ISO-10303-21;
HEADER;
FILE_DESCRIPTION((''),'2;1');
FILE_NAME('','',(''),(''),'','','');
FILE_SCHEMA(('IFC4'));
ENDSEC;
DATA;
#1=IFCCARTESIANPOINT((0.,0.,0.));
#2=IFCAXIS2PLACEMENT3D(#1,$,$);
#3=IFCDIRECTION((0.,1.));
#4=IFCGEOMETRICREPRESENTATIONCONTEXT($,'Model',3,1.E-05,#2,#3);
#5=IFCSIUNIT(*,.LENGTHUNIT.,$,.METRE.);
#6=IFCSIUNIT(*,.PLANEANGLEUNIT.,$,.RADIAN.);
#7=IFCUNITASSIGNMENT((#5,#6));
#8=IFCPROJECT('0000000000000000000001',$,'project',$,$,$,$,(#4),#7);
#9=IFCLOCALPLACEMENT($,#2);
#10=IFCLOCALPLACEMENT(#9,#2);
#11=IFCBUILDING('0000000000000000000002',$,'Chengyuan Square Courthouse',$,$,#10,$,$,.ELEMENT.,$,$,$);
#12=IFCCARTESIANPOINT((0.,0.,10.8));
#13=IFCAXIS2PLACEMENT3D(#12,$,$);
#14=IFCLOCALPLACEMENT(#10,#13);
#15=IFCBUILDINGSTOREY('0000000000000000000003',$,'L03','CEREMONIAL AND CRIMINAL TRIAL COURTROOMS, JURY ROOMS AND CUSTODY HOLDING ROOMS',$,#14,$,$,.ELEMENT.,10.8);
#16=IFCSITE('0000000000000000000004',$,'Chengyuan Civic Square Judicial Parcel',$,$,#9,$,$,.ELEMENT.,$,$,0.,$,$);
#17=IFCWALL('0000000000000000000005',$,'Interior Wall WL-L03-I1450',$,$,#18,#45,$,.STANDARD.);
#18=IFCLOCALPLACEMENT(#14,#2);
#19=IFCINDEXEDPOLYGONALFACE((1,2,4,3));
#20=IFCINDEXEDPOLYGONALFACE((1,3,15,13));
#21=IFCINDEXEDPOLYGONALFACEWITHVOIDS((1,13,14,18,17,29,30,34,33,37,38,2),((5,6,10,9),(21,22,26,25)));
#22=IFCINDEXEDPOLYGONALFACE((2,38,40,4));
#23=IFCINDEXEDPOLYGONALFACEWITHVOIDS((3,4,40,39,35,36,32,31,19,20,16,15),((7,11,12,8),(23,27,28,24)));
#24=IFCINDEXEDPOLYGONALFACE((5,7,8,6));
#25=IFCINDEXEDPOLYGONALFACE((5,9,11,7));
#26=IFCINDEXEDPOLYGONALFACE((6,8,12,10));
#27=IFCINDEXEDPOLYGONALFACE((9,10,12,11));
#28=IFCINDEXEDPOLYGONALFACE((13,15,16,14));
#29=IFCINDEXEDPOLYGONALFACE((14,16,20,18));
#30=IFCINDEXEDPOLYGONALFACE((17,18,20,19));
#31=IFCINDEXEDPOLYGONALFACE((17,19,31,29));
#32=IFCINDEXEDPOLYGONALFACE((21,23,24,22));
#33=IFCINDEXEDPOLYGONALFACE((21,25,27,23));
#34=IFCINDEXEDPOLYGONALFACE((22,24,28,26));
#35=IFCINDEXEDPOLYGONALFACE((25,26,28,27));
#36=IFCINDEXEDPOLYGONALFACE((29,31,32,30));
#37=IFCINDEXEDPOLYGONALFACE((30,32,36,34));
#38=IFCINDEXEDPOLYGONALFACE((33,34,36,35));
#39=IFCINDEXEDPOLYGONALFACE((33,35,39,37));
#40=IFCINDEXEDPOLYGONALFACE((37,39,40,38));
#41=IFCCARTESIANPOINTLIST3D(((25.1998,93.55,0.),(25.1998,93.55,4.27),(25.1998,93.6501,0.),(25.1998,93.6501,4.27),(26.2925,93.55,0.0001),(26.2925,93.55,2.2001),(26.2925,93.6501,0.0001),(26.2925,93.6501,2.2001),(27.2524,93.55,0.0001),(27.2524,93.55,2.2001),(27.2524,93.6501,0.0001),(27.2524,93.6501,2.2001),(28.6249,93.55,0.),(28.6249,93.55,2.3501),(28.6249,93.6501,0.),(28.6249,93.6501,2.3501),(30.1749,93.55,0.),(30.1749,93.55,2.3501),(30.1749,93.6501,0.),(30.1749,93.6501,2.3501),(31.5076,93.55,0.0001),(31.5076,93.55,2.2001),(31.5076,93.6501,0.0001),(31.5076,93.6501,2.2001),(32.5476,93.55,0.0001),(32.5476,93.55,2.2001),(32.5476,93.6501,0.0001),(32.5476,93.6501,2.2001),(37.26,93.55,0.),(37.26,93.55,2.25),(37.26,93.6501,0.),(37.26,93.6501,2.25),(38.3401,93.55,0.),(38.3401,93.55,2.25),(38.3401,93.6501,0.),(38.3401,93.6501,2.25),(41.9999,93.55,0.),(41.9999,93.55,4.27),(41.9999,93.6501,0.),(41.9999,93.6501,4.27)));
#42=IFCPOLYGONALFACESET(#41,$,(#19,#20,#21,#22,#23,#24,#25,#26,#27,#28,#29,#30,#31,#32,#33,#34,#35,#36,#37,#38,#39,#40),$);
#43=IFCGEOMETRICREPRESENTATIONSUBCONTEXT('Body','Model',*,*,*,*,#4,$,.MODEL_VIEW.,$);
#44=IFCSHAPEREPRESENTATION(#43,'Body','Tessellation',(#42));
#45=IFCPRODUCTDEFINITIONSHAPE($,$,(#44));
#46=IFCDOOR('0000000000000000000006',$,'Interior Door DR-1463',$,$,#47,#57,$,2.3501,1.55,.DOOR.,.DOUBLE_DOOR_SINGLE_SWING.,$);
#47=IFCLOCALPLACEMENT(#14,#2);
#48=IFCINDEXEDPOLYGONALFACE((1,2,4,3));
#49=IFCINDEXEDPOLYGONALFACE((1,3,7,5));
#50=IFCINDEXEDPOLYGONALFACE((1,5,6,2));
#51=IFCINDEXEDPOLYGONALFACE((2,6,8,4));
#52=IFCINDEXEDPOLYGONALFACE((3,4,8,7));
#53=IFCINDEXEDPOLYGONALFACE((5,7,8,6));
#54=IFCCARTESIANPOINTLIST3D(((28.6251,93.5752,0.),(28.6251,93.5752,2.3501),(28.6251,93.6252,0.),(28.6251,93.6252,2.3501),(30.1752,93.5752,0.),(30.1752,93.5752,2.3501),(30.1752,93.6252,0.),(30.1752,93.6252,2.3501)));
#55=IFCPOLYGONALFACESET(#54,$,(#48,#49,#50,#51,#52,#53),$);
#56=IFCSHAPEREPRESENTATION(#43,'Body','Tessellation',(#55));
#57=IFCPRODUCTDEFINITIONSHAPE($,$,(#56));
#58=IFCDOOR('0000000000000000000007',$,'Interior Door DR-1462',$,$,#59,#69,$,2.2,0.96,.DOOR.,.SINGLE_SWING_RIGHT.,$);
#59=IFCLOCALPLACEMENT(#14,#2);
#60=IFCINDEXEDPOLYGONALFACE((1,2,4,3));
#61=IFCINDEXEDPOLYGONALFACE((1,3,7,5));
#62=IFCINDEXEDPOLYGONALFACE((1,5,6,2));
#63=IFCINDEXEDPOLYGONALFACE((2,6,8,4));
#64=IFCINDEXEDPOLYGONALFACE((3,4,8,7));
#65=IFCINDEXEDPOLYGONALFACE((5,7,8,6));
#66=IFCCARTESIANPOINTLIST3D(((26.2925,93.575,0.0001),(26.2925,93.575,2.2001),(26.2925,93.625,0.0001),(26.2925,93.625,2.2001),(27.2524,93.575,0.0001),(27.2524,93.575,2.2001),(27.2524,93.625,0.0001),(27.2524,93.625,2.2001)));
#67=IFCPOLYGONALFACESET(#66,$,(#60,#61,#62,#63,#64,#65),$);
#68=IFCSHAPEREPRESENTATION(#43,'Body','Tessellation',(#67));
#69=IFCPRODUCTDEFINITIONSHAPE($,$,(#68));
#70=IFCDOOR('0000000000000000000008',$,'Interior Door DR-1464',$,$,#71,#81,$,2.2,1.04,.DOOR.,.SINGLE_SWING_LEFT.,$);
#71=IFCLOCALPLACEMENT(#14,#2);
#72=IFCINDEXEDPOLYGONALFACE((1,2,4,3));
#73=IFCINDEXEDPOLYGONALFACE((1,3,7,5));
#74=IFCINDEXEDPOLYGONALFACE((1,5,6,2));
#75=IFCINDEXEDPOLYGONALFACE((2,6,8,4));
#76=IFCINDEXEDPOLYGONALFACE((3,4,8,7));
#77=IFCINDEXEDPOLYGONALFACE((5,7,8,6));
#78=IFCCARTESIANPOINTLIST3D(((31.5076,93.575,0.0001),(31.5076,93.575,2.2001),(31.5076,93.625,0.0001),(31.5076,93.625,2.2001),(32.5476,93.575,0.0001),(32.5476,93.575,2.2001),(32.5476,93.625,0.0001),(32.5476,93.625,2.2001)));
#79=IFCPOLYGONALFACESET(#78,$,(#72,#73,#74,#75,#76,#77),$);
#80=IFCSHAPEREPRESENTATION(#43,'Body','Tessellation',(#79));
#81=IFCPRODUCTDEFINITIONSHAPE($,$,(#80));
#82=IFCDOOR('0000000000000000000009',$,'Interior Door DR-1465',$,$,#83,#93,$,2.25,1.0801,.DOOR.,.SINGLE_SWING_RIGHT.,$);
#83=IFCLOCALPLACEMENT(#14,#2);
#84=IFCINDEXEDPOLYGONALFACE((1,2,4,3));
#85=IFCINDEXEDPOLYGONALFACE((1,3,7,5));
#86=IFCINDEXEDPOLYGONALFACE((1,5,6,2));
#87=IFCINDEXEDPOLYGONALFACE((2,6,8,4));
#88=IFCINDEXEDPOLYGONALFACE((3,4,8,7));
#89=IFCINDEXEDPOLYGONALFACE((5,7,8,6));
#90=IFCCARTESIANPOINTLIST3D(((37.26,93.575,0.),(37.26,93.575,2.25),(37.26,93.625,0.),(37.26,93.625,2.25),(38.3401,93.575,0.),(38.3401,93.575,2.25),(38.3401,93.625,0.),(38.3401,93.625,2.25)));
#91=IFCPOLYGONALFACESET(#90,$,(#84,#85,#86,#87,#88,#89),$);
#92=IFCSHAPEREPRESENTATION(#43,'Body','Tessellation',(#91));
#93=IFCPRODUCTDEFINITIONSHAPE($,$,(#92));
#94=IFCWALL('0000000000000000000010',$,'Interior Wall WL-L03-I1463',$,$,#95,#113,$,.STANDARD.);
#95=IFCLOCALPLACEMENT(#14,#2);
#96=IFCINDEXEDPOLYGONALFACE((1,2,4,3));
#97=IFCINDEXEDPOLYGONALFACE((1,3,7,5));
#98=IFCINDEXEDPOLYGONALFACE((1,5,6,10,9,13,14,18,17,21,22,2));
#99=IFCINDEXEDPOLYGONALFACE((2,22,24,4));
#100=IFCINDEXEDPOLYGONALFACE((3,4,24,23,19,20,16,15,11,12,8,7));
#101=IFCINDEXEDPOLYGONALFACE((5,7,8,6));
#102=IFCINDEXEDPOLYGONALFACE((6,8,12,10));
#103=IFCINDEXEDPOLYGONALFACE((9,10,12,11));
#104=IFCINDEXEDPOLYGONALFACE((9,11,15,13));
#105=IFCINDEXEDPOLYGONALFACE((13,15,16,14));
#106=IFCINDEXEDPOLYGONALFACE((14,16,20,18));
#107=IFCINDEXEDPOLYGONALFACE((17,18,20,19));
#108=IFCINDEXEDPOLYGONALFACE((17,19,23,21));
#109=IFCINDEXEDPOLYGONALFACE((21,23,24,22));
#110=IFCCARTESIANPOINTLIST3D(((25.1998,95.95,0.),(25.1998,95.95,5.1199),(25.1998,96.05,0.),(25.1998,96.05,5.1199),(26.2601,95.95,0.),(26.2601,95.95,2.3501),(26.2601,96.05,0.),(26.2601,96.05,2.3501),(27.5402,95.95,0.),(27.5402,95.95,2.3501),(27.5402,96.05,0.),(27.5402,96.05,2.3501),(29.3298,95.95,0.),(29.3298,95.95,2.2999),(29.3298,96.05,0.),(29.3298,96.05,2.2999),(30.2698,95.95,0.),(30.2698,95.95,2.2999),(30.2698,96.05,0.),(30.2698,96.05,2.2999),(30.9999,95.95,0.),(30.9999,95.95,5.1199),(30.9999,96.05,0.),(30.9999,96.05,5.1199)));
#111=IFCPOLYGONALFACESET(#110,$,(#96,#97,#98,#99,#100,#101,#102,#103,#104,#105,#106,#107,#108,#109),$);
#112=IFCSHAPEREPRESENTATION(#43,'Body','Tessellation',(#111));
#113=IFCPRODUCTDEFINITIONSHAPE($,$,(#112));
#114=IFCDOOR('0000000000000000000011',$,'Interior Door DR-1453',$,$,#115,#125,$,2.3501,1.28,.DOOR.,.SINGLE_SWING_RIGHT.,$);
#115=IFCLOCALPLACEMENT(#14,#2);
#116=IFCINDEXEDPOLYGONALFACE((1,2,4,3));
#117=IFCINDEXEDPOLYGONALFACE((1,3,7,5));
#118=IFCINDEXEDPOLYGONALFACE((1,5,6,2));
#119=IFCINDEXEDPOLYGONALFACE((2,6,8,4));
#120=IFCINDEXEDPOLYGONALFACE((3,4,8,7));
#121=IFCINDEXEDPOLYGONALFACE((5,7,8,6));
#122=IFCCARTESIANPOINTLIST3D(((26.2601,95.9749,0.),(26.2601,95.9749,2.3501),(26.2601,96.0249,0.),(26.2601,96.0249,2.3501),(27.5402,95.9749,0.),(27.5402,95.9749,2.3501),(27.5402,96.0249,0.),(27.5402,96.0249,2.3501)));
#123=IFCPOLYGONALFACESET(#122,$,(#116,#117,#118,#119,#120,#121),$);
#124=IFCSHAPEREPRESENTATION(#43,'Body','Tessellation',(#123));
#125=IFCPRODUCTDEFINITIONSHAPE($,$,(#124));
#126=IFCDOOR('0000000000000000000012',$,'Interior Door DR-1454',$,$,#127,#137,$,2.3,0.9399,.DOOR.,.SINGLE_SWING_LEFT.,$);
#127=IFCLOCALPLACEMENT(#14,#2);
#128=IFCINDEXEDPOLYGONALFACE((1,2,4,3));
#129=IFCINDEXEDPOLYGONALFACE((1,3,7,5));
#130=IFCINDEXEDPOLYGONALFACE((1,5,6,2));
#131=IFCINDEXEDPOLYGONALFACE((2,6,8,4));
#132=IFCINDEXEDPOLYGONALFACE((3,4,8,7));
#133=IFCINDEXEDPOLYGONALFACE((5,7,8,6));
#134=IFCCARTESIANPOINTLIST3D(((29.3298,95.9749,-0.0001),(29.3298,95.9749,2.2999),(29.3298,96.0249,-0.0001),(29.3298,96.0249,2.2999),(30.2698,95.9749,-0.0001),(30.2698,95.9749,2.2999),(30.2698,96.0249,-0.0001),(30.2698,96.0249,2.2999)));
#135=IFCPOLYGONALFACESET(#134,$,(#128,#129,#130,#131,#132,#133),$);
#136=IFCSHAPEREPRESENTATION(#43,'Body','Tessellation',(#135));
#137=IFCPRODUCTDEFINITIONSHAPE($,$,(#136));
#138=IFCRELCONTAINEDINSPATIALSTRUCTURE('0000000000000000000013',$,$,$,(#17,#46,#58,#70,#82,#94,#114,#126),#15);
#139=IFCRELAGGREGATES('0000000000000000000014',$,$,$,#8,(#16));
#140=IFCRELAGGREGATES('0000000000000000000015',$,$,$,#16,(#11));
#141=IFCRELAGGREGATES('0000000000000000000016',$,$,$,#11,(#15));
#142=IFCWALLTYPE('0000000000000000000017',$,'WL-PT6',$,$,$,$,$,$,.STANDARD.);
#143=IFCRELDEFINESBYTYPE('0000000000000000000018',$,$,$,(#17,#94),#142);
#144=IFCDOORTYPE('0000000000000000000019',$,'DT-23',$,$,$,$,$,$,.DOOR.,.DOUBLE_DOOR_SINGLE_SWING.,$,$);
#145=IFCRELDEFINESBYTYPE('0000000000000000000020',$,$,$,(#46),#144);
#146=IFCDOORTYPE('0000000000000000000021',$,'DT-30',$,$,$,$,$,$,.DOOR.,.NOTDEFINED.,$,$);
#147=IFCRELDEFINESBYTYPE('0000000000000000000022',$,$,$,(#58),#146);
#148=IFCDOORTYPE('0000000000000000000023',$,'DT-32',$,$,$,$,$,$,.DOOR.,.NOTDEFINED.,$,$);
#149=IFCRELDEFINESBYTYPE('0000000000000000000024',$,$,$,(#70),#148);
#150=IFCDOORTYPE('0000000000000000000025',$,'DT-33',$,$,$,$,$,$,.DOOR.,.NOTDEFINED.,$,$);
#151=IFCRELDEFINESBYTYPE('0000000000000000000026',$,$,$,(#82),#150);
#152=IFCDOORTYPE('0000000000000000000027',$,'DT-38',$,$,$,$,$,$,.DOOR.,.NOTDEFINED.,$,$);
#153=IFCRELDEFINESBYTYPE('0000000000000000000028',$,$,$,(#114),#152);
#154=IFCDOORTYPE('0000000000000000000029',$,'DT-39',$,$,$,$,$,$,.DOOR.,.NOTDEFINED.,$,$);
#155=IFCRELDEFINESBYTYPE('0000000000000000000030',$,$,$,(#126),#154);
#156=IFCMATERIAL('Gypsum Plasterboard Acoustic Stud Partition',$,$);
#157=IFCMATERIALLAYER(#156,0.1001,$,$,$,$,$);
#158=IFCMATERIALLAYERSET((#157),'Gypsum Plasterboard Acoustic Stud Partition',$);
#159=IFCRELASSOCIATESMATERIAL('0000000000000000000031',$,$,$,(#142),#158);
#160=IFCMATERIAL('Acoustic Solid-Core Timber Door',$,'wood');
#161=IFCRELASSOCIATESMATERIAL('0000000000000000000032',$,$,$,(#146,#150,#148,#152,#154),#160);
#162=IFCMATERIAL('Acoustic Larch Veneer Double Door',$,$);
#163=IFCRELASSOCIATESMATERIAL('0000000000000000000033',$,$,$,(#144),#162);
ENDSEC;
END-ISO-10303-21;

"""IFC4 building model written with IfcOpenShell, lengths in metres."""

from ifc_helpers import new_model, si_unit, direction, frame, frame_2d, origin, place, context, subcontext, project, spatial, rectangle, extrude, material, layer, layer_set, type_object, element, fill, save


model = new_model("IFC4")

# Units and contexts
model_context = context("Model", 3, precision=1e-05, world=origin(), true_north=direction((0.0, 1.0)))
body_context = subcontext(model_context, "Body", "Model", "MODEL_VIEW")
ifc_project = project(units=[si_unit("LENGTHUNIT", "METRE"), si_unit("PLANEANGLEUNIT", "RADIAN")], contexts=[model_context])

# Site, building, storey
site_placement = place(None, origin())
site = spatial("IfcSite", under=ifc_project, at=site_placement, Name="Chengyuan Civic Square Judicial Parcel", CompositionType="ELEMENT", RefElevation=0.0)
building_placement = place(site_placement, origin())
building = spatial("IfcBuilding", under=site, at=building_placement, Name="Chengyuan Square Courthouse", CompositionType="ELEMENT")
storey_placement = place(building_placement, frame((0.0, 0.0, 10.8)))
storey = spatial("IfcBuildingStorey", under=building, at=storey_placement, Name="L03", Description="CEREMONIAL AND CRIMINAL TRIAL COURTROOMS, JURY ROOMS AND CUSTODY HOLDING ROOMS", CompositionType="ELEMENT", Elevation=10.8)

# Walls, openings, doors
ifc_material_1 = material(Name="Gypsum Plasterboard Acoustic Stud Partition")
ifc_layer_1 = layer(ifc_material_1, 0.1001)
ifc_layer_set_1 = layer_set([ifc_layer_1], Name="Gypsum Plasterboard Acoustic Stud Partition")
wall_type_1 = type_object("IfcWallType", Name="WL-PT6", PredefinedType="STANDARD", material=ifc_layer_set_1)
ifc_material_2 = material(Name="Acoustic Larch Veneer Double Door")
ifc_material_3 = material(Name="Acoustic Solid-Core Timber Door", Category="wood")
door_type_1 = type_object("IfcDoorType", Name="DT-30", OperationType="NOTDEFINED", PredefinedType="DOOR", material=ifc_material_3)
door_type_2 = type_object("IfcDoorType", Name="DT-33", OperationType="NOTDEFINED", PredefinedType="DOOR", material=ifc_material_3)
wall_1_placement = place(storey_placement, frame((25.2, 93.6001, 0.0), z_axis=(0.0, 0.0, 1.0), x_axis=(1.0, 0.0, 0.0)))
wall_1 = element("IfcWall", 1, at=wall_1_placement, inside=storey, type_object=wall_type_1, Name="Interior Wall WL-L03-I1450", PredefinedType="STANDARD", context=body_context, shape_type="SweptSolid", body=[
    extrude(rectangle(XDim=16.8, YDim=0.1001, at=frame_2d((8.3999, 0.0))), origin(), (0.0, 0.0, 1.0), 4.27),
])
opening_1_placement = place(wall_1_placement, frame((1.0925, 0.0, 0.0)))
opening_1 = element("IfcOpeningElement", 2, at=opening_1_placement, cuts=wall_1, PredefinedType="OPENING", context=body_context, shape_type="SweptSolid", body=[
    extrude(rectangle(XDim=0.96, YDim=2.2, at=frame_2d((0.48, 1.1001))), frame((0.0, 0.062, 0.0), z_axis=(0.0, -1.0, 0.0), x_axis=(1.0, 0.0, 0.0)), (0.0, 0.0, 1.0), 0.124),
])
opening_2_placement = place(wall_1_placement, frame((3.425, 0.0, 0.0)))
opening_2 = element("IfcOpeningElement", 3, at=opening_2_placement, cuts=wall_1, PredefinedType="OPENING", context=body_context, shape_type="SweptSolid", body=[
    extrude(rectangle(XDim=1.55, YDim=2.3501, at=frame_2d((0.7749, 1.175))), frame((0.0, 0.062, 0.0), z_axis=(0.0, -1.0, 0.0), x_axis=(1.0, 0.0, 0.0)), (0.0, 0.0, 1.0), 0.124),
])
opening_3_placement = place(wall_1_placement, frame((6.3076, 0.0, 0.0)))
opening_3 = element("IfcOpeningElement", 4, at=opening_3_placement, cuts=wall_1, PredefinedType="OPENING", context=body_context, shape_type="SweptSolid", body=[
    extrude(rectangle(XDim=1.04, YDim=2.2, at=frame_2d((0.52, 1.1001))), frame((0.0, 0.062, 0.0), z_axis=(0.0, -1.0, 0.0), x_axis=(1.0, 0.0, 0.0)), (0.0, 0.0, 1.0), 0.124),
])
opening_4_placement = place(wall_1_placement, frame((12.0601, 0.0, 0.0)))
opening_4 = element("IfcOpeningElement", 5, at=opening_4_placement, cuts=wall_1, PredefinedType="OPENING", context=body_context, shape_type="SweptSolid", body=[
    extrude(rectangle(XDim=1.0801, YDim=2.25, at=frame_2d((0.54, 1.125))), frame((0.0, 0.062, 0.0), z_axis=(0.0, -1.0, 0.0), x_axis=(1.0, 0.0, 0.0)), (0.0, 0.0, 1.0), 0.124),
])
door_type_3 = type_object("IfcDoorType", Name="DT-23", OperationType="DOUBLE_DOOR_SINGLE_SWING", PredefinedType="DOOR", material=ifc_material_2)
door_1_placement = place(opening_2_placement, frame((1.55, 0.0, 0.0), z_axis=(0.0, 0.0, 1.0), x_axis=(-1.0, 0.0, 0.0)))
door_1 = element("IfcDoor", 6, at=door_1_placement, inside=storey, type_object=door_type_3, Name="Interior Door DR-1463", OperationType="DOUBLE_DOOR_SINGLE_SWING", OverallHeight=2.3501, OverallWidth=1.55, PredefinedType="DOOR", context=body_context, shape_type="SweptSolid", body=[
    extrude(rectangle(XDim=1.55, YDim=2.3501, at=frame_2d((0.7749, 1.175))), frame((0.0, 0.0249, 0.0), z_axis=(0.0, -1.0, 0.0), x_axis=(1.0, 0.0, 0.0)), (0.0, 0.0, 1.0), 0.05),
])
fill(opening_2, door_1)
door_2_placement = place(opening_1_placement, origin())
door_2 = element("IfcDoor", 7, at=door_2_placement, inside=storey, type_object=door_type_1, Name="Interior Door DR-1462", OperationType="SINGLE_SWING_RIGHT", OverallHeight=2.2, OverallWidth=0.96, PredefinedType="DOOR", context=body_context, shape_type="SweptSolid", body=[
    extrude(rectangle(XDim=0.96, YDim=2.2, at=frame_2d((0.48, 1.1001))), frame((0.0, 0.0249, 0.0), z_axis=(0.0, -1.0, 0.0), x_axis=(1.0, 0.0, 0.0)), (0.0, 0.0, 1.0), 0.05),
])
fill(opening_1, door_2)
door_type_4 = type_object("IfcDoorType", Name="DT-32", OperationType="NOTDEFINED", PredefinedType="DOOR", material=ifc_material_3)
door_3_placement = place(opening_3_placement, origin())
door_3 = element("IfcDoor", 8, at=door_3_placement, inside=storey, type_object=door_type_4, Name="Interior Door DR-1464", OperationType="SINGLE_SWING_LEFT", OverallHeight=2.2, OverallWidth=1.04, PredefinedType="DOOR", context=body_context, shape_type="SweptSolid", body=[
    extrude(rectangle(XDim=1.04, YDim=2.2, at=frame_2d((0.52, 1.1001))), frame((0.0, 0.0249, 0.0), z_axis=(0.0, -1.0, 0.0), x_axis=(1.0, 0.0, 0.0)), (0.0, 0.0, 1.0), 0.05),
])
fill(opening_3, door_3)
door_4_placement = place(opening_4_placement, origin())
door_4 = element("IfcDoor", 9, at=door_4_placement, inside=storey, type_object=door_type_2, Name="Interior Door DR-1465", OperationType="SINGLE_SWING_RIGHT", OverallHeight=2.25, OverallWidth=1.0801, PredefinedType="DOOR", context=body_context, shape_type="SweptSolid", body=[
    extrude(rectangle(XDim=1.0801, YDim=2.25, at=frame_2d((0.54, 1.125))), frame((0.0, 0.0249, 0.0), z_axis=(0.0, -1.0, 0.0), x_axis=(1.0, 0.0, 0.0)), (0.0, 0.0, 1.0), 0.05),
])
fill(opening_4, door_4)
wall_2_placement = place(storey_placement, frame((25.2, 96.0, 0.0), z_axis=(0.0, 0.0, 1.0), x_axis=(1.0, 0.0, 0.0)))
wall_2 = element("IfcWall", 10, at=wall_2_placement, inside=storey, type_object=wall_type_1, Name="Interior Wall WL-L03-I1463", PredefinedType="STANDARD", context=body_context, shape_type="SweptSolid", body=[
    extrude(rectangle(XDim=5.8, YDim=0.1001, at=frame_2d((2.8999, 0.0))), origin(), (0.0, 0.0, 1.0), 5.1199),
])
opening_5_placement = place(wall_2_placement, frame((1.0601, 0.0, 0.0)))
opening_5 = element("IfcOpeningElement", 11, at=opening_5_placement, cuts=wall_2, PredefinedType="OPENING", context=body_context, shape_type="SweptSolid", body=[
    extrude(rectangle(XDim=1.28, YDim=2.3501, at=frame_2d((0.6401, 1.175))), frame((0.0, 0.062, 0.0), z_axis=(0.0, -1.0, 0.0), x_axis=(1.0, 0.0, 0.0)), (0.0, 0.0, 1.0), 0.124),
])
opening_6_placement = place(wall_2_placement, frame((4.1299, 0.0, 0.0)))
opening_6 = element("IfcOpeningElement", 12, at=opening_6_placement, cuts=wall_2, PredefinedType="OPENING", context=body_context, shape_type="SweptSolid", body=[
    extrude(rectangle(XDim=0.9399, YDim=2.3, at=frame_2d((0.47, 1.1499))), frame((0.0, 0.062, 0.0), z_axis=(0.0, -1.0, 0.0), x_axis=(1.0, 0.0, 0.0)), (0.0, 0.0, 1.0), 0.124),
])
door_type_5 = type_object("IfcDoorType", Name="DT-38", OperationType="NOTDEFINED", PredefinedType="DOOR", material=ifc_material_3)
door_5_placement = place(opening_5_placement, origin())
door_5 = element("IfcDoor", 13, at=door_5_placement, inside=storey, type_object=door_type_5, Name="Interior Door DR-1453", OperationType="SINGLE_SWING_RIGHT", OverallHeight=2.3501, OverallWidth=1.28, PredefinedType="DOOR", context=body_context, shape_type="SweptSolid", body=[
    extrude(rectangle(XDim=1.28, YDim=2.3501, at=frame_2d((0.6401, 1.175))), frame((0.0, 0.0249, 0.0), z_axis=(0.0, -1.0, 0.0), x_axis=(1.0, 0.0, 0.0)), (0.0, 0.0, 1.0), 0.05),
])
fill(opening_5, door_5)
door_type_6 = type_object("IfcDoorType", Name="DT-39", OperationType="NOTDEFINED", PredefinedType="DOOR", material=ifc_material_3)
door_6_placement = place(opening_6_placement, origin())
door_6 = element("IfcDoor", 14, at=door_6_placement, inside=storey, type_object=door_type_6, Name="Interior Door DR-1454", OperationType="SINGLE_SWING_LEFT", OverallHeight=2.3, OverallWidth=0.9399, PredefinedType="DOOR", context=body_context, shape_type="SweptSolid", body=[
    extrude(rectangle(XDim=0.9399, YDim=2.3, at=frame_2d((0.47, 1.1499))), frame((0.0, 0.0249, 0.0), z_axis=(0.0, -1.0, 0.0), x_axis=(1.0, 0.0, 0.0)), (0.0, 0.0, 1.0), 0.05),
])
fill(opening_6, door_6)

save(model, "model.ifc")
